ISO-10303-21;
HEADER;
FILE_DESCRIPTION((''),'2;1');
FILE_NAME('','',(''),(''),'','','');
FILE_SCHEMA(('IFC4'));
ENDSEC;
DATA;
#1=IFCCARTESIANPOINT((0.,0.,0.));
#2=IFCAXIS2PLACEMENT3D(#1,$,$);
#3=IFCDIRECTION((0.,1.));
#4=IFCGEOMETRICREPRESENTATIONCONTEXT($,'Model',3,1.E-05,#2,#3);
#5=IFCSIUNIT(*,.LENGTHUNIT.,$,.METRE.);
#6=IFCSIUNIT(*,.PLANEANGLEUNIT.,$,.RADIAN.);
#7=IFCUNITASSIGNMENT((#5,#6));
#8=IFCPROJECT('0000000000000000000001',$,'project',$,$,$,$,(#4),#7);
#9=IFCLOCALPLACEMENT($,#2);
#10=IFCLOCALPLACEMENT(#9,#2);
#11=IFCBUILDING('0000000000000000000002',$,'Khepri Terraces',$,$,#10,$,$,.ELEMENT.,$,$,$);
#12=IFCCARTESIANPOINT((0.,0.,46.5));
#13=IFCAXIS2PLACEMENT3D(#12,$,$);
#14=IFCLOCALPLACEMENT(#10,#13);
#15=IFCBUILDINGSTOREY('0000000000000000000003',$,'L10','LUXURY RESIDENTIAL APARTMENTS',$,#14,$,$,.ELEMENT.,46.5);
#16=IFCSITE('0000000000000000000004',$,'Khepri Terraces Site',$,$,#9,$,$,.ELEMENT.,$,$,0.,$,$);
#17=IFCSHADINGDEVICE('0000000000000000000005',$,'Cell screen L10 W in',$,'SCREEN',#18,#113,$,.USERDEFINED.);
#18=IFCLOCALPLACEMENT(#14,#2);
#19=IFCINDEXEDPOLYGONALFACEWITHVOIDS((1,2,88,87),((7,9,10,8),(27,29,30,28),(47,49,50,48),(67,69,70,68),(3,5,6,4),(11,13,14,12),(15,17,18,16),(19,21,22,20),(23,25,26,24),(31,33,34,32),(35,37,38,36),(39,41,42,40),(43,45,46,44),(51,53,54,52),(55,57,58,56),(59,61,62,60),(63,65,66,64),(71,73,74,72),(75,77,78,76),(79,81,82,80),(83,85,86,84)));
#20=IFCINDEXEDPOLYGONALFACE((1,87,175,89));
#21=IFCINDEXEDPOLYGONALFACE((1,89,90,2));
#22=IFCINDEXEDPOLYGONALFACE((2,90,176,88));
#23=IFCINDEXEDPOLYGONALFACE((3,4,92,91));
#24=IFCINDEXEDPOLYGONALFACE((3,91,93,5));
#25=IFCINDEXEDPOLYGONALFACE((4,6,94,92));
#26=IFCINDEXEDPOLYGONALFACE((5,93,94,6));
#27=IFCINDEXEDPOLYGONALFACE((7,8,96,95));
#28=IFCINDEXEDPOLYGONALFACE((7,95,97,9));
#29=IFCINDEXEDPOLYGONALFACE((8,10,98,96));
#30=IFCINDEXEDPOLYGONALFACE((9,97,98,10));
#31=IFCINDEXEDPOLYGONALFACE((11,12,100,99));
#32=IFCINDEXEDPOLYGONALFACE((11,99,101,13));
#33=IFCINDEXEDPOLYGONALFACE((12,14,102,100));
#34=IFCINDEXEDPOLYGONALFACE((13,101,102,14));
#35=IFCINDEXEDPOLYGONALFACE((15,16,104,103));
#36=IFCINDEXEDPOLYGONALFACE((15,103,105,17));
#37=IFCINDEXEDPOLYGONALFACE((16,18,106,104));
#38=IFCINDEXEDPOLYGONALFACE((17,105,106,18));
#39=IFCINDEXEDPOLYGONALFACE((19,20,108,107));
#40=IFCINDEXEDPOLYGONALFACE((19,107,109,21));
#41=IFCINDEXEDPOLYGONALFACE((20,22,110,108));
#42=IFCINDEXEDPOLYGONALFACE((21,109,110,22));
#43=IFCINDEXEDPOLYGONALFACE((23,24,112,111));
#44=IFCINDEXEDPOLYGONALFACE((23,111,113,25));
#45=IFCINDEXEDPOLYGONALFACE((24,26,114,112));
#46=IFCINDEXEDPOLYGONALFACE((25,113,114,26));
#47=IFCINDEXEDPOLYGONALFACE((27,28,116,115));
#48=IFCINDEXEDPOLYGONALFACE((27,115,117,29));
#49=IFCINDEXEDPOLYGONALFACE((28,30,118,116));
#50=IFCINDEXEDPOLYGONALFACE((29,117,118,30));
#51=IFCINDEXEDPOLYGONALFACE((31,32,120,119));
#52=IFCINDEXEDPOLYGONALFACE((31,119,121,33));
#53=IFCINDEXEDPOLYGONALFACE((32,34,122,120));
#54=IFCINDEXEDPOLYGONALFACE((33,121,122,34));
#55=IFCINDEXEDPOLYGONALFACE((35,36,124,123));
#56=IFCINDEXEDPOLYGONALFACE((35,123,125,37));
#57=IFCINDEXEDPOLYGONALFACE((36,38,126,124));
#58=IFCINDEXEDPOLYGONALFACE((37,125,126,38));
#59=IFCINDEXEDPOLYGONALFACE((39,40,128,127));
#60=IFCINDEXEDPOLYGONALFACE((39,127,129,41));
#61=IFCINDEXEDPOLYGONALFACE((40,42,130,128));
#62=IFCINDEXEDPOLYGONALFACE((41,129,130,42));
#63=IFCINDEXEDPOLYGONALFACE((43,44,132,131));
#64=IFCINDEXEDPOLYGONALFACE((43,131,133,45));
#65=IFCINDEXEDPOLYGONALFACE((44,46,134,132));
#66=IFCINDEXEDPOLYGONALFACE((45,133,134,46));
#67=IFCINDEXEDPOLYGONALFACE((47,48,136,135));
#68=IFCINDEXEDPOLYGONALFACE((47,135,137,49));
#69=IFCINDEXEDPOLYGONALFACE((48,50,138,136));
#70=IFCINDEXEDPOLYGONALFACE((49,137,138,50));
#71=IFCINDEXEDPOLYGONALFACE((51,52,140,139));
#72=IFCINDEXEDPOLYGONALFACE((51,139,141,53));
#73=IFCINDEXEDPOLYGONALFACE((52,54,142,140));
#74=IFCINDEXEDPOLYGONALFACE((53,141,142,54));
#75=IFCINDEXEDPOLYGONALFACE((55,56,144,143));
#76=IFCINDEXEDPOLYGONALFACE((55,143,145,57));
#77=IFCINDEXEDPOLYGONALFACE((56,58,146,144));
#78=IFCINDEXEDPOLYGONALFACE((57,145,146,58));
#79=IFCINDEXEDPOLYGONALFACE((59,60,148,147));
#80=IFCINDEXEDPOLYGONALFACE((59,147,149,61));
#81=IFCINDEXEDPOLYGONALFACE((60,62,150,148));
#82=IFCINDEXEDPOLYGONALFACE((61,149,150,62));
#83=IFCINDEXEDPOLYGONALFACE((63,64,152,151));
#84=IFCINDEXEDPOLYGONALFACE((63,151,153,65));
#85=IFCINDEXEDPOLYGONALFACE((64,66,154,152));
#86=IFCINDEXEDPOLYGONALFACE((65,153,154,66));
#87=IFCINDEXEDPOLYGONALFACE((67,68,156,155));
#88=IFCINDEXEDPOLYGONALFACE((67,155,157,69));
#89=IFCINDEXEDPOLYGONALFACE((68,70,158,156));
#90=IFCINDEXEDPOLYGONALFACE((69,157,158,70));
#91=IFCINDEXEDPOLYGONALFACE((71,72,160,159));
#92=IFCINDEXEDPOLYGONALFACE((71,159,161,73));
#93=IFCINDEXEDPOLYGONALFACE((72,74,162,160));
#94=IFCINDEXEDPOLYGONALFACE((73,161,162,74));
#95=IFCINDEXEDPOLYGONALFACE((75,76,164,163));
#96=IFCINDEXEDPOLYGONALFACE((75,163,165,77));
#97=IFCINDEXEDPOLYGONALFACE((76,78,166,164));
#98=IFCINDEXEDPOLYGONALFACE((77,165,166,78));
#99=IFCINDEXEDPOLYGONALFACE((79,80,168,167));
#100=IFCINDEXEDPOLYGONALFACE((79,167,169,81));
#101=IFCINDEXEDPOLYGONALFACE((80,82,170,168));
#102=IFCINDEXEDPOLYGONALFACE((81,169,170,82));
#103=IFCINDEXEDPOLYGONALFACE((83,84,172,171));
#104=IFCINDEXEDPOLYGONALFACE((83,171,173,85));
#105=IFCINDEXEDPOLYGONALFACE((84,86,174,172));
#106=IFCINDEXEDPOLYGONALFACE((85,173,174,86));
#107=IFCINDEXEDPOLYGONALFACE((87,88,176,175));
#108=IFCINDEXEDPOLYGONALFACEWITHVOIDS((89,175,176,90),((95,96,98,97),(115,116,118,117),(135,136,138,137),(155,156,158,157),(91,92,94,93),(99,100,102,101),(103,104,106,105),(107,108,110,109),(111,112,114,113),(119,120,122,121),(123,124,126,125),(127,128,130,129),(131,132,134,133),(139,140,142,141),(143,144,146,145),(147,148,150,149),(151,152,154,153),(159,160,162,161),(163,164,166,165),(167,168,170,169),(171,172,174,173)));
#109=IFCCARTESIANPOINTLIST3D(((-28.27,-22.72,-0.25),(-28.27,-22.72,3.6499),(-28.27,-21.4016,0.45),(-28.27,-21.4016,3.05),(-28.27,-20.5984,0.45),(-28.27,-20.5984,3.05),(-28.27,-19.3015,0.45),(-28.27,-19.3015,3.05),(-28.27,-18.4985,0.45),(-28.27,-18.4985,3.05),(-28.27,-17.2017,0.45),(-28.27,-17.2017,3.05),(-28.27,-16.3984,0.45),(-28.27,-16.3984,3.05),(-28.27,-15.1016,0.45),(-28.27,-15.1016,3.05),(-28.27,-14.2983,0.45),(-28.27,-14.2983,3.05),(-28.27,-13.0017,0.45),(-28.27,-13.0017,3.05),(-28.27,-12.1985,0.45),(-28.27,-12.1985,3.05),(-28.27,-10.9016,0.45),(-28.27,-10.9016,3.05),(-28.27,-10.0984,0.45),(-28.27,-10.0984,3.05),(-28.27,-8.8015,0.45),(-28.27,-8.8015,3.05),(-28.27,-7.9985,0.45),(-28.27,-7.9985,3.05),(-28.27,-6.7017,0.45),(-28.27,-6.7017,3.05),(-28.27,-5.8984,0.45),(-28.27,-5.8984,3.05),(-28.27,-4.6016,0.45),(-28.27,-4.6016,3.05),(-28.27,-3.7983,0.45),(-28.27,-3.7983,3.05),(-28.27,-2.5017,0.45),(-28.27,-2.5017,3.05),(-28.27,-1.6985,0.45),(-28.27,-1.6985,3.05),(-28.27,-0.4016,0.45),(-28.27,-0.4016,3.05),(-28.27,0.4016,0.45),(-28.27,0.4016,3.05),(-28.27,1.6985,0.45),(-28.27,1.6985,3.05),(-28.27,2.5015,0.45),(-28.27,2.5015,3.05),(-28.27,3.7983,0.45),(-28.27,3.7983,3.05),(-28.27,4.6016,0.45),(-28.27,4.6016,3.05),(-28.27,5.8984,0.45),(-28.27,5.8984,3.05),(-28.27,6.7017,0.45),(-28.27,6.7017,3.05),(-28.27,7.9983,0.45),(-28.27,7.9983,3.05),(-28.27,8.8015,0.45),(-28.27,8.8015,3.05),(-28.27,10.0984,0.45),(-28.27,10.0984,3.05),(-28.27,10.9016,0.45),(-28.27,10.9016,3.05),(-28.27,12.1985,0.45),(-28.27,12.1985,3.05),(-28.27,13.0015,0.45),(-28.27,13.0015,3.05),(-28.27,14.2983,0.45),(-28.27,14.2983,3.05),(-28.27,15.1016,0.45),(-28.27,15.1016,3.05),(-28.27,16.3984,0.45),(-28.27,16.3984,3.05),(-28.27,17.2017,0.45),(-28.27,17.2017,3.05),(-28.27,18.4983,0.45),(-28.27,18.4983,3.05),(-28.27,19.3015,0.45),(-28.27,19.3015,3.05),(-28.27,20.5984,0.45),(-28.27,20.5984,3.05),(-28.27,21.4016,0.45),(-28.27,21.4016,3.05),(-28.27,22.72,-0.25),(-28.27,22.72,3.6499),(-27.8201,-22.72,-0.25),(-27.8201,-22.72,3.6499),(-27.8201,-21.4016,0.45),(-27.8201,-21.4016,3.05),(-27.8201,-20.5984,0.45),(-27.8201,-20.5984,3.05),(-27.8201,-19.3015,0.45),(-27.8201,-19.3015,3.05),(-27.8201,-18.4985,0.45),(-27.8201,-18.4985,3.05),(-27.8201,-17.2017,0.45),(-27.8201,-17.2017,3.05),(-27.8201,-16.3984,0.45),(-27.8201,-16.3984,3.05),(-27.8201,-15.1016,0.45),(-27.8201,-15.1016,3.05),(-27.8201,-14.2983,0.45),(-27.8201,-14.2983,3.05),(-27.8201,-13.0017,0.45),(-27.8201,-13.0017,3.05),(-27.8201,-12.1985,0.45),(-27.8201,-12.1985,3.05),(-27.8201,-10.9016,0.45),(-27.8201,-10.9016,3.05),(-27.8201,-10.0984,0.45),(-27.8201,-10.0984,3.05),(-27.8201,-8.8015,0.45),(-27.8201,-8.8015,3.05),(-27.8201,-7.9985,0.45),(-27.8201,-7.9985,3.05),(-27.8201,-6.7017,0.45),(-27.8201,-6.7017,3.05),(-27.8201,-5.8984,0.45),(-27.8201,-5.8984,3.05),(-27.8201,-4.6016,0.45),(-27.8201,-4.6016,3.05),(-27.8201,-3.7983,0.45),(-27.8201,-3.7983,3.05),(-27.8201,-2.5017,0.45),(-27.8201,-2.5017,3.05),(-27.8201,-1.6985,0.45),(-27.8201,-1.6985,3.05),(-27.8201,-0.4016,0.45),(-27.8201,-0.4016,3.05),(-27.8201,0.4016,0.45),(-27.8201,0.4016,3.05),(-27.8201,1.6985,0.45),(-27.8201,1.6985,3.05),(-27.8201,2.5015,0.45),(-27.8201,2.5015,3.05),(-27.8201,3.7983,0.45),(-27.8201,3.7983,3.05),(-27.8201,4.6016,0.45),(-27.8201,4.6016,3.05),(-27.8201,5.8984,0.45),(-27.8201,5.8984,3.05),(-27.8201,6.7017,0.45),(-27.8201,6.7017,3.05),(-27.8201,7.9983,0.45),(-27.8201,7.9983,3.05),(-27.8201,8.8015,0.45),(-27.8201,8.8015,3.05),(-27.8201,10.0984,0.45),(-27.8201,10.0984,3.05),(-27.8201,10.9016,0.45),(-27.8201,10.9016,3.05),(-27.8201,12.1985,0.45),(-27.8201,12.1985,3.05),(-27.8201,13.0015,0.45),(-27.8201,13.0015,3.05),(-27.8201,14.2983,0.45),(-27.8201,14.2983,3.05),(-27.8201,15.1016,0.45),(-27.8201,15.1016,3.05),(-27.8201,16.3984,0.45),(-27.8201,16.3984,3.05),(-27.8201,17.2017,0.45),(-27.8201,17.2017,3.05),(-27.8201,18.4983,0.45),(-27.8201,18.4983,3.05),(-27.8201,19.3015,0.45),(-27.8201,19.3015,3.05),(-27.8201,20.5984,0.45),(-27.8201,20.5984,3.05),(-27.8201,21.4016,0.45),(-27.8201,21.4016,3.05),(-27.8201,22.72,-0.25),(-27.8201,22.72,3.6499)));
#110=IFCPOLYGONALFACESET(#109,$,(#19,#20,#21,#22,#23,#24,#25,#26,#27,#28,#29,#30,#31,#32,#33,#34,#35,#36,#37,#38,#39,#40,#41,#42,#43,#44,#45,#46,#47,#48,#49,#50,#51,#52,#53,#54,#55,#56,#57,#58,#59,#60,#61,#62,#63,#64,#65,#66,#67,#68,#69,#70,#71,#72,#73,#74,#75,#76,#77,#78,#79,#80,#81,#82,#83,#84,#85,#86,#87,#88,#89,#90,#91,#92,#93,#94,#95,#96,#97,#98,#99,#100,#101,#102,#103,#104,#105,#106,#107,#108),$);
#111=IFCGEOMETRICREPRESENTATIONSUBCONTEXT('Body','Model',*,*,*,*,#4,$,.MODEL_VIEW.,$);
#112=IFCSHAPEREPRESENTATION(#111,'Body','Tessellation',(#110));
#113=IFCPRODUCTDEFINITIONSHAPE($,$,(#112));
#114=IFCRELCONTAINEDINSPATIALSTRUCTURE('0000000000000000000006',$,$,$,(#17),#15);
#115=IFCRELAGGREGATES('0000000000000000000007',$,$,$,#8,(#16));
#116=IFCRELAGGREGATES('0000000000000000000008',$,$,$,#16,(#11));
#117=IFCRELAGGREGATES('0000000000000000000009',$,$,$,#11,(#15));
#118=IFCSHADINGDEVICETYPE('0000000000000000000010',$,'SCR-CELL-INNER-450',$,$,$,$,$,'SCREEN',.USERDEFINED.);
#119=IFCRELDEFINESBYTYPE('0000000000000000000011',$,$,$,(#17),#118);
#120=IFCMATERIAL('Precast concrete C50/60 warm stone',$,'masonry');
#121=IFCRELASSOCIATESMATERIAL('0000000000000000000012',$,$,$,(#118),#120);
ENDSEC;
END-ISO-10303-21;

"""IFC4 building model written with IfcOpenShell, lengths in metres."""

from ifc_helpers import new_model, si_unit, direction, frame, origin, place, context, subcontext, project, spatial, polyline, outline, extrude, material, type_object, element, save


model = new_model("IFC4")

# Units and contexts
model_context = context("Model", 3, precision=1e-05, world=origin(), true_north=direction((0.0, 1.0)))
body_context = subcontext(model_context, "Body", "Model", "MODEL_VIEW")
ifc_project = project(units=[si_unit("LENGTHUNIT", "METRE"), si_unit("PLANEANGLEUNIT", "RADIAN")], contexts=[model_context])

# Site, building, storey
site_placement = place(None, origin())
site = spatial("IfcSite", under=ifc_project, at=site_placement, Name="Khepri Terraces Site", CompositionType="ELEMENT", RefElevation=0.0)
building_placement = place(site_placement, origin())
building = spatial("IfcBuilding", under=site, at=building_placement, Name="Khepri Terraces", CompositionType="ELEMENT")
storey_placement = place(building_placement, frame((0.0, 0.0, 46.5)))
storey = spatial("IfcBuildingStorey", under=building, at=storey_placement, Name="L10", Description="LUXURY RESIDENTIAL APARTMENTS", CompositionType="ELEMENT", Elevation=46.5)

# Shared definitions
ifc_material_1 = material(Name="Precast concrete C50/60 warm stone", Category="masonry")

# Shading device
shading_device_type_1 = type_object("IfcShadingDeviceType", Name="SCR-CELL-INNER-450", ElementType="SCREEN", PredefinedType="USERDEFINED", material=ifc_material_1)
shading_device_1_placement = place(storey_placement, frame((-27.8201, 22.72, -0.25), z_axis=(-1.0, 0.0, 0.0), x_axis=(0.0, -1.0, 0.0)))
element("IfcShadingDevice", 1, at=shading_device_1_placement, inside=storey, type_object=shading_device_type_1, Name="Cell screen L10 W in", ObjectType="SCREEN", PredefinedType="USERDEFINED", context=body_context, shape_type="SweptSolid", body=[
    extrude(outline(polyline([(0.0, 0.0), (45.4399, 0.0), (45.4399, 3.8999), (0.0, 3.8999), (0.0, 0.0)]), holes=[polyline([(1.3184, 0.7), (2.1216, 0.7), (2.1216, 3.3), (1.3184, 3.3), (1.3184, 0.7)]), polyline([(3.4185, 0.7), (4.2217, 0.7), (4.2217, 3.3), (3.4185, 3.3), (3.4185, 0.7)]), polyline([(5.5183, 0.7), (6.3215, 0.7), (6.3215, 3.3), (5.5183, 3.3), (5.5183, 0.7)]), polyline([(7.6184, 0.7), (8.4216, 0.7), (8.4216, 3.3), (7.6184, 3.3), (7.6184, 0.7)]), polyline([(9.7185, 0.7), (10.5215, 0.7), (10.5215, 3.3), (9.7185, 3.3), (9.7185, 0.7)]), polyline([(11.8184, 0.7), (12.6216, 0.7), (12.6216, 3.3), (11.8184, 3.3), (11.8184, 0.7)]), polyline([(13.9185, 0.7), (14.7217, 0.7), (14.7217, 3.3), (13.9185, 3.3), (13.9185, 0.7)]), polyline([(16.0183, 0.7), (16.8215, 0.7), (16.8215, 3.3), (16.0183, 3.3), (16.0183, 0.7)]), polyline([(18.1184, 0.7), (18.9216, 0.7), (18.9216, 3.3), (18.1184, 3.3), (18.1184, 0.7)]), polyline([(20.2185, 0.7), (21.0215, 0.7), (21.0215, 3.3), (20.2185, 3.3), (20.2185, 0.7)]), polyline([(22.3184, 0.7), (23.1216, 0.7), (23.1216, 3.3), (22.3184, 3.3), (22.3184, 0.7)]), polyline([(24.4185, 0.7), (25.2217, 0.7), (25.2217, 3.3), (24.4185, 3.3), (24.4185, 0.7)]), polyline([(26.5183, 0.7), (27.3215, 0.7), (27.3215, 3.3), (26.5183, 3.3), (26.5183, 0.7)]), polyline([(28.6184, 0.7), (29.4216, 0.7), (29.4216, 3.3), (28.6184, 3.3), (28.6184, 0.7)]), polyline([(30.7185, 0.7), (31.5215, 0.7), (31.5215, 3.3), (30.7185, 3.3), (30.7185, 0.7)]), polyline([(32.8184, 0.7), (33.6216, 0.7), (33.6216, 3.3), (32.8184, 3.3), (32.8184, 0.7)]), polyline([(34.9185, 0.7), (35.7217, 0.7), (35.7217, 3.3), (34.9185, 3.3), (34.9185, 0.7)]), polyline([(37.0183, 0.7), (37.8215, 0.7), (37.8215, 3.3), (37.0183, 3.3), (37.0183, 0.7)]), polyline([(39.1184, 0.7), (39.9216, 0.7), (39.9216, 3.3), (39.1184, 3.3), (39.1184, 0.7)]), polyline([(41.2185, 0.7), (42.0215, 0.7), (42.0215, 3.3), (41.2185, 3.3), (41.2185, 0.7)]), polyline([(43.3184, 0.7), (44.1216, 0.7), (44.1216, 3.3), (43.3184, 3.3), (43.3184, 0.7)])]), origin(), (0.0, 0.0, 1.0), 0.45),
])

save(model, "model.ifc")
